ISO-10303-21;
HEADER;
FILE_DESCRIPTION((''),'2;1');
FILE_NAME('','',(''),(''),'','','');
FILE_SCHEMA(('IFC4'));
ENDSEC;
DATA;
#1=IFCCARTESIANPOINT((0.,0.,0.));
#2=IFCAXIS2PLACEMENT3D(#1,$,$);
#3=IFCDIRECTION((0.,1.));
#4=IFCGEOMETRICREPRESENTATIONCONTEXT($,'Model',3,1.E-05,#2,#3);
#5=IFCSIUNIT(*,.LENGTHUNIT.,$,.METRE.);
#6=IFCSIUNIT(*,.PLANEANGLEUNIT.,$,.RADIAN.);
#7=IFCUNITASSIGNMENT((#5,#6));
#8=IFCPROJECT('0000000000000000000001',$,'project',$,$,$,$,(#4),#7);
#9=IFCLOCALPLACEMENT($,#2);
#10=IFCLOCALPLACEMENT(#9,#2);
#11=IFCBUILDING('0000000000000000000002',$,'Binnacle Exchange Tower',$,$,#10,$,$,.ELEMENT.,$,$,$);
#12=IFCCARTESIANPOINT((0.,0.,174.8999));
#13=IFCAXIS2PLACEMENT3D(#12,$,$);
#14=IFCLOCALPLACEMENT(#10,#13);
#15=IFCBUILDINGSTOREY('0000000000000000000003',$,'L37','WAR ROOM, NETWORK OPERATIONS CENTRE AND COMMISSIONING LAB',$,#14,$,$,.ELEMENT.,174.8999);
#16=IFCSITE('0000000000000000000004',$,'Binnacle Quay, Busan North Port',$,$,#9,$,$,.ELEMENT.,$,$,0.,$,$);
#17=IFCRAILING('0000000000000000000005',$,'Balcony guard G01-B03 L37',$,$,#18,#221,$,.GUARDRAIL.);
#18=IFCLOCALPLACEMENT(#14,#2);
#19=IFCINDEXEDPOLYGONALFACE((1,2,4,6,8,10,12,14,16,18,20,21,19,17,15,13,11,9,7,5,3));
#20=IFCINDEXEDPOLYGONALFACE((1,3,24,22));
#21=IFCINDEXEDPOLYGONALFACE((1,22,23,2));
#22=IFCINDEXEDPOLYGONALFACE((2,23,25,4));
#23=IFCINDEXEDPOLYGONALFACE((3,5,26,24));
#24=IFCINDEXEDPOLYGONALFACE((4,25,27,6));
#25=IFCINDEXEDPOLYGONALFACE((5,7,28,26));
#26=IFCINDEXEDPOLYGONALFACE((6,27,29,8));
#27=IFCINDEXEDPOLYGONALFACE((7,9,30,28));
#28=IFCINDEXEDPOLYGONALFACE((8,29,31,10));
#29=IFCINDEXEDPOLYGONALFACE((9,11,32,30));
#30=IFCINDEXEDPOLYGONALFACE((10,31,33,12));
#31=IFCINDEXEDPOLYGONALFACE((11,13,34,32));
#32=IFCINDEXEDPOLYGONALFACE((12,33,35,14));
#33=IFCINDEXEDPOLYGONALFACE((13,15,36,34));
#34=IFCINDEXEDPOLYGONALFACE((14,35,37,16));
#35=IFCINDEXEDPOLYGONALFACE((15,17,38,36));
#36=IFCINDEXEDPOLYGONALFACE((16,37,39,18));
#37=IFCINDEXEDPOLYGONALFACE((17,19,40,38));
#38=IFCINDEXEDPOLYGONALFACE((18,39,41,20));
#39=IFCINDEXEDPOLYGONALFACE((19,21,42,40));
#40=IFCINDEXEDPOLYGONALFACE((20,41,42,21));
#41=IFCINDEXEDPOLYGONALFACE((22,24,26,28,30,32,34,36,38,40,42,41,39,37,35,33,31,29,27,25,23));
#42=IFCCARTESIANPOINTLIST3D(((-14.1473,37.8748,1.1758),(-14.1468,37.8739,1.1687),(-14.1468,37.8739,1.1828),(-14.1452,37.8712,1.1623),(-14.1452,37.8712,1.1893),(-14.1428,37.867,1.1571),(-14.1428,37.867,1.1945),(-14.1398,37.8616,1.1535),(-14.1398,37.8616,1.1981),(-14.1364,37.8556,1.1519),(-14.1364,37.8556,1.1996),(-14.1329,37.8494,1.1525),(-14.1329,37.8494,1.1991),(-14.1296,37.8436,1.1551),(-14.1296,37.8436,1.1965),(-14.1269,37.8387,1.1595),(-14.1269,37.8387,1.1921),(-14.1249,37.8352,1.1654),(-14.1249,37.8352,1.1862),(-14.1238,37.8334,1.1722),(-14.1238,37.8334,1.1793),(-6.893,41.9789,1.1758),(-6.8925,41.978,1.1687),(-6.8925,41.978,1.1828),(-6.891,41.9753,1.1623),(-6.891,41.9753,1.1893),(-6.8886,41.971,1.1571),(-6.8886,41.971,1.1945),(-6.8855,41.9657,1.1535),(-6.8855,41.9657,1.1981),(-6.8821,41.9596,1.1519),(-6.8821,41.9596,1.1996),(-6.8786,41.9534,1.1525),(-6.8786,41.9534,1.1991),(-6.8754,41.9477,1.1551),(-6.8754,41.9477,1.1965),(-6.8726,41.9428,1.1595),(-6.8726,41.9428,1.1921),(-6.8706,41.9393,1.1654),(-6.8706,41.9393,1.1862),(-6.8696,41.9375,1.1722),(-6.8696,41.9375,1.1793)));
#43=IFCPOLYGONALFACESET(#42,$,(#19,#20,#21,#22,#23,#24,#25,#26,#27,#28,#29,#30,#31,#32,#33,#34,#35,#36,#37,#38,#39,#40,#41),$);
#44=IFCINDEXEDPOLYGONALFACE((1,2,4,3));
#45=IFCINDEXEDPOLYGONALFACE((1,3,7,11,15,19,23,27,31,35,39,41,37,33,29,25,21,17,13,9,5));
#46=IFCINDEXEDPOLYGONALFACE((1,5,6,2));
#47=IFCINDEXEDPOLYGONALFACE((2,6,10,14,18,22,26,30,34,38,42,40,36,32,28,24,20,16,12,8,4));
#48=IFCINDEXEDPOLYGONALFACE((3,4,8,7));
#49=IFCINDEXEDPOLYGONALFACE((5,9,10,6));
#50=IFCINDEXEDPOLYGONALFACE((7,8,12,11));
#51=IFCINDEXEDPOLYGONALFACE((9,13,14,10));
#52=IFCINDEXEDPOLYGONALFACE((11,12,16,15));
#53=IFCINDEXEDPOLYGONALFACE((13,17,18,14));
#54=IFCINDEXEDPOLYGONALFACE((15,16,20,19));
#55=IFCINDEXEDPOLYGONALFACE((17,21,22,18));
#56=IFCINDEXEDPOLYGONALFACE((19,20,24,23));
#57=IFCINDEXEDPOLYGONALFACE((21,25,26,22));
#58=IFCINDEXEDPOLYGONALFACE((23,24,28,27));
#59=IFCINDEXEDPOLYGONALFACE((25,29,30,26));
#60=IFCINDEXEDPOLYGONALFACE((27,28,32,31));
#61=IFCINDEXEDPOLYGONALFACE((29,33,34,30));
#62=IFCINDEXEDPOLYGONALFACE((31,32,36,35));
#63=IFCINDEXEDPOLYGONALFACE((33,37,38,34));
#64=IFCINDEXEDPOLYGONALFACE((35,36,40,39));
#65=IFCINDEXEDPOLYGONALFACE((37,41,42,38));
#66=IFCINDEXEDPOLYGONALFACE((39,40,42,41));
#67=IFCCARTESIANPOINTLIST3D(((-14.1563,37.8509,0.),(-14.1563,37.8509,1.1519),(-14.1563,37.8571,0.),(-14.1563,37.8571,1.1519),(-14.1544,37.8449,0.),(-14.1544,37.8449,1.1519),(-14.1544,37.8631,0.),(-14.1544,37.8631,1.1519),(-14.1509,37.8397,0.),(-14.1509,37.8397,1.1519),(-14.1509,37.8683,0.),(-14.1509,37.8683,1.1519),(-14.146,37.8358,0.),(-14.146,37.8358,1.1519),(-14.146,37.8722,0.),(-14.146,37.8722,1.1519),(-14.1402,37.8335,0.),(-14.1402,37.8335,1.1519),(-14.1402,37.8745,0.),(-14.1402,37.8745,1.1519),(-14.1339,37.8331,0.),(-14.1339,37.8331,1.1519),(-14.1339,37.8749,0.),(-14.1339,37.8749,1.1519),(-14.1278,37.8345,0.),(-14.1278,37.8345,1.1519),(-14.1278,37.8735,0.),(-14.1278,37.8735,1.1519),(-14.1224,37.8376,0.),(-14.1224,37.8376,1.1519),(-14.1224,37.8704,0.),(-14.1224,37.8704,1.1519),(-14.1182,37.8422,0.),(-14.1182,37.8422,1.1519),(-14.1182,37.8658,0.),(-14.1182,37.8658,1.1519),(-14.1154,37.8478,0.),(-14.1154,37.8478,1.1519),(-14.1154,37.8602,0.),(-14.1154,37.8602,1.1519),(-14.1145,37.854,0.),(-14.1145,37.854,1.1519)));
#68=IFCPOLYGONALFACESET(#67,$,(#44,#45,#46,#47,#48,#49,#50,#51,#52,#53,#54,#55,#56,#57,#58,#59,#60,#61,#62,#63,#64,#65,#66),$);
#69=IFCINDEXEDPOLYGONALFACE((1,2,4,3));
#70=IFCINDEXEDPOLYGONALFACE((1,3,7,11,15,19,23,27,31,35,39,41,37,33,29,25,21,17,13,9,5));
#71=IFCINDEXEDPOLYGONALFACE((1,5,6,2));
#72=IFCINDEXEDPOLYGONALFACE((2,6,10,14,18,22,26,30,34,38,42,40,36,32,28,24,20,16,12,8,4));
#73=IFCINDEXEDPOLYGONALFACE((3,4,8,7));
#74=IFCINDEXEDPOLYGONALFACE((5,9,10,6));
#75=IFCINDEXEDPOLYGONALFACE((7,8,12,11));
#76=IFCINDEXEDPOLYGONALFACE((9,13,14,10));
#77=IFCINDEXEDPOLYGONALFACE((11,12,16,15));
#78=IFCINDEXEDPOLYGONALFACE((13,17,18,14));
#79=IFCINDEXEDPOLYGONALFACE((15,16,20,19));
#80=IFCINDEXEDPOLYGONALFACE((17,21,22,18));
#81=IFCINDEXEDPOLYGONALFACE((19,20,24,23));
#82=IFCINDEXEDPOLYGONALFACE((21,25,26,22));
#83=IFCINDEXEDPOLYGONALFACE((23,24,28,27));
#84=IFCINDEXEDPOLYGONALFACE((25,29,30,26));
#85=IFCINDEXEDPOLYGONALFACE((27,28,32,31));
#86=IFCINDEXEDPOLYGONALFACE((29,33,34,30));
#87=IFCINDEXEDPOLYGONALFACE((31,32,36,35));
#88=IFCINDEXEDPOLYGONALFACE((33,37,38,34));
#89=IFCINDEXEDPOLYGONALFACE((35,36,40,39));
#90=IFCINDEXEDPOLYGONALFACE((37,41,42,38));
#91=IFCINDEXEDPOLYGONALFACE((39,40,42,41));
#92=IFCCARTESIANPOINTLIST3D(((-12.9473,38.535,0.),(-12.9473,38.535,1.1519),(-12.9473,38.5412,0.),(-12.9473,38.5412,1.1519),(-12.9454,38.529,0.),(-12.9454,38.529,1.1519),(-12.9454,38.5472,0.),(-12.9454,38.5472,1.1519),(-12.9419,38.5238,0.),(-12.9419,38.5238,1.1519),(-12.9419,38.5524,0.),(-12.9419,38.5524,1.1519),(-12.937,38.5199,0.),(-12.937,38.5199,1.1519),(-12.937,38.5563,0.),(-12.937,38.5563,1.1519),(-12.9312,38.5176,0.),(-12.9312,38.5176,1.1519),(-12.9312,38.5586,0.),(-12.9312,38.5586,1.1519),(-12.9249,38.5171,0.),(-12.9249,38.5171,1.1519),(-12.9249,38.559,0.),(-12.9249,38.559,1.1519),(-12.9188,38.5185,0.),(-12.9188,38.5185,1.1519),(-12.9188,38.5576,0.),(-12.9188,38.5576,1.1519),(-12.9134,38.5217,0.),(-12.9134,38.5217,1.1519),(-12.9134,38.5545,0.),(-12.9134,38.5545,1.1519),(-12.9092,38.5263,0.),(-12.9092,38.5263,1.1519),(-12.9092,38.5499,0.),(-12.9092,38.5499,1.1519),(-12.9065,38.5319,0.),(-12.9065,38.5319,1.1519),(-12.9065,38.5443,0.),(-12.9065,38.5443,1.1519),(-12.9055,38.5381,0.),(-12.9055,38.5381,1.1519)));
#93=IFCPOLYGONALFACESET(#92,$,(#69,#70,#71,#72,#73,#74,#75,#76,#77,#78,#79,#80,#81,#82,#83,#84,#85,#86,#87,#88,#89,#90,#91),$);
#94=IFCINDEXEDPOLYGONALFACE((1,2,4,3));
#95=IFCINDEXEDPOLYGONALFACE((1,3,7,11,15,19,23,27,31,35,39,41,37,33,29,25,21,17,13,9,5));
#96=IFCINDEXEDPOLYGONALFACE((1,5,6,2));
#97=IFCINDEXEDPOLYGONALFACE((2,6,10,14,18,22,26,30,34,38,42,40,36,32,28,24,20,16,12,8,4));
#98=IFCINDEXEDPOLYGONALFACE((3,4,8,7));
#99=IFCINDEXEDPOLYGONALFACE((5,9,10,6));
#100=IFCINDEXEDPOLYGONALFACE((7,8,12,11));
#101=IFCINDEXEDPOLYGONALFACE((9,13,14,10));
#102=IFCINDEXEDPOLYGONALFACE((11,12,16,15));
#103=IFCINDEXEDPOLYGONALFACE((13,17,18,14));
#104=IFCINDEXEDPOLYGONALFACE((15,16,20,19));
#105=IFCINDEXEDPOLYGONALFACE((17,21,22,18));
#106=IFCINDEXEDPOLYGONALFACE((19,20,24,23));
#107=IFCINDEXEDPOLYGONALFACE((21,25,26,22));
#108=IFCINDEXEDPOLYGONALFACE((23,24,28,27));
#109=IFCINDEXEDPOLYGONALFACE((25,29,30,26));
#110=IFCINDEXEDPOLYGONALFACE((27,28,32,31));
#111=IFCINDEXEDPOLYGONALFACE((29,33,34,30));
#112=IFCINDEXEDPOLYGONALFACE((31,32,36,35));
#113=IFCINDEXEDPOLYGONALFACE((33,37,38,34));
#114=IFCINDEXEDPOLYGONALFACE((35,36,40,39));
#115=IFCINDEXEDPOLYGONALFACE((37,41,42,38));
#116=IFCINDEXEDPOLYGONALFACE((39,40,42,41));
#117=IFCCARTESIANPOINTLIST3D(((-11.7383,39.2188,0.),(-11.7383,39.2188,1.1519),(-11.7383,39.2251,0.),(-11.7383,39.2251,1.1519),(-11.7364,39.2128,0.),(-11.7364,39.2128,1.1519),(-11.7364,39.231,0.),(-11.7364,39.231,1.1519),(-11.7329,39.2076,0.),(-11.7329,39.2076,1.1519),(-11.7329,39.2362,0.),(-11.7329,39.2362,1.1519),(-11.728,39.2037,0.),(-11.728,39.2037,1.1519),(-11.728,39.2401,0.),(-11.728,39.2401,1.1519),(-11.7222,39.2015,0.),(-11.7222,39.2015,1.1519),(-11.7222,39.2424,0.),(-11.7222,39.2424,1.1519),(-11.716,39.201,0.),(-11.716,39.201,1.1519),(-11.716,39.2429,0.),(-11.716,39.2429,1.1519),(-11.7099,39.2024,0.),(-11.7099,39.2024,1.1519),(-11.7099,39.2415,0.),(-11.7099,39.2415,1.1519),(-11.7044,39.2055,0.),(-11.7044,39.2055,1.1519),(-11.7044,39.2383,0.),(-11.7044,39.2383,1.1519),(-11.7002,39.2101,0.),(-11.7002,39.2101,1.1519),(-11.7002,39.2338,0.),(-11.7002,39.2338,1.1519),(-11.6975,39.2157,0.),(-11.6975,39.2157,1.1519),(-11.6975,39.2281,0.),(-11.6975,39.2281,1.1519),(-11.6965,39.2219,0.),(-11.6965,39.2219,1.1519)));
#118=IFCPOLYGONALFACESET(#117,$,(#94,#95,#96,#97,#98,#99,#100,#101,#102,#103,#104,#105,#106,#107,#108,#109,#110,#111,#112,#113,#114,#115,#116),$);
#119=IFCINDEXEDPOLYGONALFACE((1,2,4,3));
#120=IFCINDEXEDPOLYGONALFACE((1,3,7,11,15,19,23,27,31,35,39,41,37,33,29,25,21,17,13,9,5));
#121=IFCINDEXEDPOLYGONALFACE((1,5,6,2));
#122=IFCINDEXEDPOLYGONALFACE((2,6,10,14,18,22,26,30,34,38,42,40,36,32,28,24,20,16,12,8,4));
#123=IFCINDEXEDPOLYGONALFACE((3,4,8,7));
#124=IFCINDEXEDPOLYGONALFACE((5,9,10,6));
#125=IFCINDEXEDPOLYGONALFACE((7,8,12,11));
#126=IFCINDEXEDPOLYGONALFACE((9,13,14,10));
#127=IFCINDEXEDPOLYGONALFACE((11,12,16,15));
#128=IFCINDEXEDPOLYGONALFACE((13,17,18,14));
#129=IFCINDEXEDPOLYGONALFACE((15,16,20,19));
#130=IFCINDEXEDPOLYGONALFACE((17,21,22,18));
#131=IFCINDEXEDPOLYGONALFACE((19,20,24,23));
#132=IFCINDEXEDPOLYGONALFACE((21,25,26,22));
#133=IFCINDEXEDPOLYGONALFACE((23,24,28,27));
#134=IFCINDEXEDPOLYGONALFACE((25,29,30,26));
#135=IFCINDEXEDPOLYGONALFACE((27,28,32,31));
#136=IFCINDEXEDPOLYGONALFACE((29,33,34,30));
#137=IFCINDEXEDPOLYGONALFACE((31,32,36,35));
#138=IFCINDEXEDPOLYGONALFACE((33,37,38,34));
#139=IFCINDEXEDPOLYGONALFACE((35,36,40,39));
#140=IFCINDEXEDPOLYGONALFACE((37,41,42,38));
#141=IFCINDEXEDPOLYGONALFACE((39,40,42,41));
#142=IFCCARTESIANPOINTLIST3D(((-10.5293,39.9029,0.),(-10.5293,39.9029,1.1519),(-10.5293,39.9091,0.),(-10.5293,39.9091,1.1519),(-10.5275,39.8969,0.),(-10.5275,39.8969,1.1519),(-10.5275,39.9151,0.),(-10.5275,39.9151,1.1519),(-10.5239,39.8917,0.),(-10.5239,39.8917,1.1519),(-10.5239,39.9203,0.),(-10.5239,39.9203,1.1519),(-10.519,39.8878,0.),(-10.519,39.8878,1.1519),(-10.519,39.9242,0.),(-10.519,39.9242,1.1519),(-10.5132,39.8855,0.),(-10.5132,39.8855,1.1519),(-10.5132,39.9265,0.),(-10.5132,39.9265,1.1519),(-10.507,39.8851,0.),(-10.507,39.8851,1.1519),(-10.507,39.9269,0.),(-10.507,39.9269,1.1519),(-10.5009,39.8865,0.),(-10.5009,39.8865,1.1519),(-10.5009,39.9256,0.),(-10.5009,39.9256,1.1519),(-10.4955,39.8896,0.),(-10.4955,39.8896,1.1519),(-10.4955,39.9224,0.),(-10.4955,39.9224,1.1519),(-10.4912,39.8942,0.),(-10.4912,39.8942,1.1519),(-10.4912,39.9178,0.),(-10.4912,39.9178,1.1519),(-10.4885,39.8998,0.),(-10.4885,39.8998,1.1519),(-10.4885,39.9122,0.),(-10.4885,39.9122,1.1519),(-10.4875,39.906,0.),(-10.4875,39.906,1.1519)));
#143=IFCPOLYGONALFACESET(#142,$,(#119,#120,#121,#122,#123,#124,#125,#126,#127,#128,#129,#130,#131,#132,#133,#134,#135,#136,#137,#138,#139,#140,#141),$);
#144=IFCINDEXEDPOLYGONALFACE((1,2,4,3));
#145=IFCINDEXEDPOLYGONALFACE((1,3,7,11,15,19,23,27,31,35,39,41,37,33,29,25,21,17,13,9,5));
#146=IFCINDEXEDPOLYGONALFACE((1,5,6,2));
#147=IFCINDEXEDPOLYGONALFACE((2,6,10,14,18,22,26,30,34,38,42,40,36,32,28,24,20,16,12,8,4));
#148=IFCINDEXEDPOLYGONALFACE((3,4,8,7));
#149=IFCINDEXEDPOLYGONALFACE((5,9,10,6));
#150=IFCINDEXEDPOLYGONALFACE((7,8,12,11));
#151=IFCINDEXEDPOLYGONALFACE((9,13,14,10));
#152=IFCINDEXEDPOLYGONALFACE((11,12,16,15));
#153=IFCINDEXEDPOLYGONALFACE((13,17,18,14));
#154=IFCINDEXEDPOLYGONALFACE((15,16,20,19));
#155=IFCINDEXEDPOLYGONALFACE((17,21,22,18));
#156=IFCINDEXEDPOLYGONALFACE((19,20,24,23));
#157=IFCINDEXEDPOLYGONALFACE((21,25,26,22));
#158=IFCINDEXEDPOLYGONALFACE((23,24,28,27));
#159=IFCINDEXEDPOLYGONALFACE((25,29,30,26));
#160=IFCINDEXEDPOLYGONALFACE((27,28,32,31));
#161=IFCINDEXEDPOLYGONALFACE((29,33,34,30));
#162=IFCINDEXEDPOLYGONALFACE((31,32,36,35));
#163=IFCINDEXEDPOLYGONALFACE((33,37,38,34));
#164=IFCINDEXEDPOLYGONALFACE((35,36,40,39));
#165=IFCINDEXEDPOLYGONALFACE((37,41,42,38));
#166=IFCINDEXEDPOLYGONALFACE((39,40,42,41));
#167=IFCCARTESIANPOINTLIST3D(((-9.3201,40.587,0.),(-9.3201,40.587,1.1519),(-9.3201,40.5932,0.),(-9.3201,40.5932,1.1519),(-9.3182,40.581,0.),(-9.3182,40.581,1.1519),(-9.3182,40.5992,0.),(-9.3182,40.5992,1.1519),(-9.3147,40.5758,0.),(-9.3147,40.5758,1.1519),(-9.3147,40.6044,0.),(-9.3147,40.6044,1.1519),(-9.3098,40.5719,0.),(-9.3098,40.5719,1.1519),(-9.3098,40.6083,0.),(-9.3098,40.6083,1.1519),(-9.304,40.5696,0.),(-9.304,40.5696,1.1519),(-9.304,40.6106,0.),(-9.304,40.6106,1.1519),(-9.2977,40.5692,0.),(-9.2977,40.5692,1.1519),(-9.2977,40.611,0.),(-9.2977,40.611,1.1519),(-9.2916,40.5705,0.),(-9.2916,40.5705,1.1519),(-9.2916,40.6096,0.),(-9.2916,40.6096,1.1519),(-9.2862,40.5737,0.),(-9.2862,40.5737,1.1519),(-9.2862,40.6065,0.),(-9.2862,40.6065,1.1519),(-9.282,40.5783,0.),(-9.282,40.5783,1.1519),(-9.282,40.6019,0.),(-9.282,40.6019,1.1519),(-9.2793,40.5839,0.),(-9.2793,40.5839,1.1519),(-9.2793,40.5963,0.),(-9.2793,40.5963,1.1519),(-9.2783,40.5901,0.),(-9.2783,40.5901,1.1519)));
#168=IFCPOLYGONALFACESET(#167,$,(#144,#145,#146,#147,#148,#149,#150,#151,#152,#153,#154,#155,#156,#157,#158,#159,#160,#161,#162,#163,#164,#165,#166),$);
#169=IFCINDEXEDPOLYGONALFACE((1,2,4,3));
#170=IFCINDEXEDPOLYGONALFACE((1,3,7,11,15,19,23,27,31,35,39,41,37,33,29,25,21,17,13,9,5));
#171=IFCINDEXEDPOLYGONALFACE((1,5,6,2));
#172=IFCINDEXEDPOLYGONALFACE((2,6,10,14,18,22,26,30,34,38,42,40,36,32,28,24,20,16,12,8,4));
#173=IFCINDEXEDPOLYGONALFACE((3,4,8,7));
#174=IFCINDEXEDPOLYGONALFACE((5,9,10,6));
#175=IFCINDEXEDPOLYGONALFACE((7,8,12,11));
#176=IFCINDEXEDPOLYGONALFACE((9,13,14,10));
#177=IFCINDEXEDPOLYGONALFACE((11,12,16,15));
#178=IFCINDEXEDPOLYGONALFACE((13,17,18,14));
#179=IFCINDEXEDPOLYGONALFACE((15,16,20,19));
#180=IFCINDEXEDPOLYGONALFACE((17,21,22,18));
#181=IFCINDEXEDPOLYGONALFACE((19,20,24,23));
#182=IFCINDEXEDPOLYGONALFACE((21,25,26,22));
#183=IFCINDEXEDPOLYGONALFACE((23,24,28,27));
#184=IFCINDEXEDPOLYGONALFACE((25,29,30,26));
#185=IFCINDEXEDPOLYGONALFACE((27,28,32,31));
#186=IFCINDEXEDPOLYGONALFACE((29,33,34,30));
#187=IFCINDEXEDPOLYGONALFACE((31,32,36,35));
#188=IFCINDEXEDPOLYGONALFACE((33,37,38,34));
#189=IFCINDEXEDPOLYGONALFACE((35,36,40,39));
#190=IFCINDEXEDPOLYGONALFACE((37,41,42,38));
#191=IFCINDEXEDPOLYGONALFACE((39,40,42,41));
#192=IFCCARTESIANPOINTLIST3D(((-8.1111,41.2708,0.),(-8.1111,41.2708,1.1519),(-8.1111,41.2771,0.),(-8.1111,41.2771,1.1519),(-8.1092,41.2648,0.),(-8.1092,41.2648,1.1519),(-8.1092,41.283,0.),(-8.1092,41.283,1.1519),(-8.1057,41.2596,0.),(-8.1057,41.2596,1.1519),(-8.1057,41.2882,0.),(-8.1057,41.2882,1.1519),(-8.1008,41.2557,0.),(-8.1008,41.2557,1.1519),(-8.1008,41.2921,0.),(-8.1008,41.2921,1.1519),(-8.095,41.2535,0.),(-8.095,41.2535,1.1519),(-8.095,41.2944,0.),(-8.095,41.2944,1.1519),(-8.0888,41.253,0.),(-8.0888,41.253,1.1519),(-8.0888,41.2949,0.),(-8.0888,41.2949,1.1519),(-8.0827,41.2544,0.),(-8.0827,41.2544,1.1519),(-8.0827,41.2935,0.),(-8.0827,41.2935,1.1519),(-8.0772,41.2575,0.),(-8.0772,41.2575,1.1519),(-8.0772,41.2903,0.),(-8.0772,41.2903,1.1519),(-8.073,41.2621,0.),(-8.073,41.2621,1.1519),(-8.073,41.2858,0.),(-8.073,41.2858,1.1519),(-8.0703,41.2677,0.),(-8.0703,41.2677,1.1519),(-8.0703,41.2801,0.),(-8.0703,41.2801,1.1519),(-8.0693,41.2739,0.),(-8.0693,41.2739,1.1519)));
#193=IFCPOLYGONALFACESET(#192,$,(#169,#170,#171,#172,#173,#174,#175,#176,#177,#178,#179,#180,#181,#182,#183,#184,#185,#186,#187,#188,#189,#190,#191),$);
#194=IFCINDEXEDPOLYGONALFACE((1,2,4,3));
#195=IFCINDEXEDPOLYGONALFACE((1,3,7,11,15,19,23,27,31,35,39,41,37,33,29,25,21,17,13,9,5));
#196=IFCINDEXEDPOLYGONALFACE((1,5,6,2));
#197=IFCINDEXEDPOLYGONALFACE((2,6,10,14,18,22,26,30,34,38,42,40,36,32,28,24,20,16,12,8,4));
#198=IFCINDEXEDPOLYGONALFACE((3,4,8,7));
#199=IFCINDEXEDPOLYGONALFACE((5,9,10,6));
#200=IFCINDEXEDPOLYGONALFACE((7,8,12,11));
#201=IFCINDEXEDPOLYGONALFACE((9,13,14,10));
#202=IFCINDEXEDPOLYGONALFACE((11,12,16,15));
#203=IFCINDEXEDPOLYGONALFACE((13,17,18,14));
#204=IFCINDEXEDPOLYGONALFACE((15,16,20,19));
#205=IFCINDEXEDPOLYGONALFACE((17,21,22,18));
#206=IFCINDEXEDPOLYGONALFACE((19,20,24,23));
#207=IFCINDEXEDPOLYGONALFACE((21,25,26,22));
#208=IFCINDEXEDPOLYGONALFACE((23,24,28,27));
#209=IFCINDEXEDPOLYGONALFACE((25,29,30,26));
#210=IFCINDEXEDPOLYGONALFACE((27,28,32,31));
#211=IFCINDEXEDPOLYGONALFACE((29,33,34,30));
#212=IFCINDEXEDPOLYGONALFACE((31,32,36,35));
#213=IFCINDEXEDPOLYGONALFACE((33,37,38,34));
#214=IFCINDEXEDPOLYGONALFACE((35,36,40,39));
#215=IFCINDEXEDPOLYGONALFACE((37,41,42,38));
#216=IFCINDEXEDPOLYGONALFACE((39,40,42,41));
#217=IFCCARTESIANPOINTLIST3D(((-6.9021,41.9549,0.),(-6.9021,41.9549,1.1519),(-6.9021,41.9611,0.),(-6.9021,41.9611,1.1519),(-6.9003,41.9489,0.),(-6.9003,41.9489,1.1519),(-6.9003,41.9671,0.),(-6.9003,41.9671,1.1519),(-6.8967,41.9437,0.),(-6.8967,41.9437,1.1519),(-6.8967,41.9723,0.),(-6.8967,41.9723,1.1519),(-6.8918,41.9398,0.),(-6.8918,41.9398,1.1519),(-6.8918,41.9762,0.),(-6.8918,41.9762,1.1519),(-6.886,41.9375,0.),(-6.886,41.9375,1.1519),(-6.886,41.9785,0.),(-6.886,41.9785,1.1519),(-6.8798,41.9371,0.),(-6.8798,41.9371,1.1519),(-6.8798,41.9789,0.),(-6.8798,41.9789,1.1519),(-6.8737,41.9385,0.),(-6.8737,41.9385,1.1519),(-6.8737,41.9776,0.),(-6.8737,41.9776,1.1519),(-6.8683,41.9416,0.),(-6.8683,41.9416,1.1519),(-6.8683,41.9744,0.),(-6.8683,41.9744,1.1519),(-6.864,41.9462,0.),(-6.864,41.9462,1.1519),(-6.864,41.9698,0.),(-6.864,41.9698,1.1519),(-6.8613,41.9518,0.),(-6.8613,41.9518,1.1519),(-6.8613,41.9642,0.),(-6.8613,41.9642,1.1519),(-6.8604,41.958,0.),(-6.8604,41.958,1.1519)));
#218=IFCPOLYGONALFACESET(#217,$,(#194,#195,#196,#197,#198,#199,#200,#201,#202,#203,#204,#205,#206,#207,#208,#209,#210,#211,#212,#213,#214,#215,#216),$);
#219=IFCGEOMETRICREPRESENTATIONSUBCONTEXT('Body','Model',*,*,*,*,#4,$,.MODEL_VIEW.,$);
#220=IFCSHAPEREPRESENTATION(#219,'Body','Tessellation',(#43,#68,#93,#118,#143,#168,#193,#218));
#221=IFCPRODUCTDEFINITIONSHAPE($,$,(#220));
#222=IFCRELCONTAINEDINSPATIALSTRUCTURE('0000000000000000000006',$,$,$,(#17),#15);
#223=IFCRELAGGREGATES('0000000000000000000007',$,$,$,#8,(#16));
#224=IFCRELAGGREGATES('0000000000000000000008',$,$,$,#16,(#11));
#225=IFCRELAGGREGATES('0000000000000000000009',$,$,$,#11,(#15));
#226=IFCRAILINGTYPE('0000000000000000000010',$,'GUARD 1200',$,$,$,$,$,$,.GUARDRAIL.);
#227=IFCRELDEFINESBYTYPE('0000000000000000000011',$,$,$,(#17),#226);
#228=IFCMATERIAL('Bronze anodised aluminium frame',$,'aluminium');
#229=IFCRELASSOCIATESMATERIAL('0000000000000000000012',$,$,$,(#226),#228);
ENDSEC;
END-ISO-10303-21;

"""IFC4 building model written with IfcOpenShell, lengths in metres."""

from ifc_helpers import new_model, si_unit, direction, frame, origin, origin_2d, place, context, subcontext, project, spatial, circle, extrude, material, type_object, element, save


model = new_model("IFC4")

# Units and contexts
model_context = context("Model", 3, precision=1e-05, world=origin(), true_north=direction((0.0, 1.0)))
body_context = subcontext(model_context, "Body", "Model", "MODEL_VIEW")
ifc_project = project(units=[si_unit("LENGTHUNIT", "METRE"), si_unit("PLANEANGLEUNIT", "RADIAN")], contexts=[model_context])

# Site, building, storey
site_placement = place(None, origin())
site = spatial("IfcSite", under=ifc_project, at=site_placement, Name="Binnacle Quay, Busan North Port", CompositionType="ELEMENT", RefElevation=0.0)
building_placement = place(site_placement, origin())
building = spatial("IfcBuilding", under=site, at=building_placement, Name="Binnacle Exchange Tower", CompositionType="ELEMENT")
storey_placement = place(building_placement, frame((0.0, 0.0, 174.8999)))
storey = spatial("IfcBuildingStorey", under=building, at=storey_placement, Name="L37", Description="WAR ROOM, NETWORK OPERATIONS CENTRE AND COMMISSIONING LAB", CompositionType="ELEMENT", Elevation=174.8999)

# Railing
ifc_material_1 = material(Name="Bronze anodised aluminium frame", Category="aluminium")
railing_type_1 = type_object("IfcRailingType", Name="GUARD 1200", PredefinedType="GUARDRAIL", material=ifc_material_1)
railing_1_placement = place(storey_placement, frame((-14.1355, 37.854, 0.0)))
element("IfcRailing", 1, at=railing_1_placement, inside=storey, type_object=railing_type_1, Name="Balcony guard G01-B03 L37", PredefinedType="GUARDRAIL", context=body_context, shape_type="SweptSolid", body=[
    extrude(circle(Radius=0.0239, at=origin_2d()), frame((0.0, 0.0, 1.1758), z_axis=(0.870366, 0.492406, 0.0), x_axis=(-0.492406, 0.870366, 0.0)), (0.0, 0.0, 1.0), 8.3347),
    extrude(circle(Radius=0.021, at=origin_2d()), origin(), (0.0, 0.0, 1.0), 1.1519),
    extrude(circle(Radius=0.021, at=origin_2d()), frame((1.209, 0.6841, 0.0)), (0.0, 0.0, 1.0), 1.1519),
    extrude(circle(Radius=0.021, at=origin_2d()), frame((2.418, 1.3679, 0.0)), (0.0, 0.0, 1.0), 1.1519),
    extrude(circle(Radius=0.021, at=origin_2d()), frame((3.627, 2.052, 0.0)), (0.0, 0.0, 1.0), 1.1519),
    extrude(circle(Radius=0.021, at=origin_2d()), frame((4.8362, 2.7361, 0.0)), (0.0, 0.0, 1.0), 1.1519),
    extrude(circle(Radius=0.021, at=origin_2d()), frame((6.0452, 3.4199, 0.0)), (0.0, 0.0, 1.0), 1.1519),
    extrude(circle(Radius=0.021, at=origin_2d()), frame((7.2542, 4.104, 0.0)), (0.0, 0.0, 1.0), 1.1519),
])

save(model, "model.ifc")
